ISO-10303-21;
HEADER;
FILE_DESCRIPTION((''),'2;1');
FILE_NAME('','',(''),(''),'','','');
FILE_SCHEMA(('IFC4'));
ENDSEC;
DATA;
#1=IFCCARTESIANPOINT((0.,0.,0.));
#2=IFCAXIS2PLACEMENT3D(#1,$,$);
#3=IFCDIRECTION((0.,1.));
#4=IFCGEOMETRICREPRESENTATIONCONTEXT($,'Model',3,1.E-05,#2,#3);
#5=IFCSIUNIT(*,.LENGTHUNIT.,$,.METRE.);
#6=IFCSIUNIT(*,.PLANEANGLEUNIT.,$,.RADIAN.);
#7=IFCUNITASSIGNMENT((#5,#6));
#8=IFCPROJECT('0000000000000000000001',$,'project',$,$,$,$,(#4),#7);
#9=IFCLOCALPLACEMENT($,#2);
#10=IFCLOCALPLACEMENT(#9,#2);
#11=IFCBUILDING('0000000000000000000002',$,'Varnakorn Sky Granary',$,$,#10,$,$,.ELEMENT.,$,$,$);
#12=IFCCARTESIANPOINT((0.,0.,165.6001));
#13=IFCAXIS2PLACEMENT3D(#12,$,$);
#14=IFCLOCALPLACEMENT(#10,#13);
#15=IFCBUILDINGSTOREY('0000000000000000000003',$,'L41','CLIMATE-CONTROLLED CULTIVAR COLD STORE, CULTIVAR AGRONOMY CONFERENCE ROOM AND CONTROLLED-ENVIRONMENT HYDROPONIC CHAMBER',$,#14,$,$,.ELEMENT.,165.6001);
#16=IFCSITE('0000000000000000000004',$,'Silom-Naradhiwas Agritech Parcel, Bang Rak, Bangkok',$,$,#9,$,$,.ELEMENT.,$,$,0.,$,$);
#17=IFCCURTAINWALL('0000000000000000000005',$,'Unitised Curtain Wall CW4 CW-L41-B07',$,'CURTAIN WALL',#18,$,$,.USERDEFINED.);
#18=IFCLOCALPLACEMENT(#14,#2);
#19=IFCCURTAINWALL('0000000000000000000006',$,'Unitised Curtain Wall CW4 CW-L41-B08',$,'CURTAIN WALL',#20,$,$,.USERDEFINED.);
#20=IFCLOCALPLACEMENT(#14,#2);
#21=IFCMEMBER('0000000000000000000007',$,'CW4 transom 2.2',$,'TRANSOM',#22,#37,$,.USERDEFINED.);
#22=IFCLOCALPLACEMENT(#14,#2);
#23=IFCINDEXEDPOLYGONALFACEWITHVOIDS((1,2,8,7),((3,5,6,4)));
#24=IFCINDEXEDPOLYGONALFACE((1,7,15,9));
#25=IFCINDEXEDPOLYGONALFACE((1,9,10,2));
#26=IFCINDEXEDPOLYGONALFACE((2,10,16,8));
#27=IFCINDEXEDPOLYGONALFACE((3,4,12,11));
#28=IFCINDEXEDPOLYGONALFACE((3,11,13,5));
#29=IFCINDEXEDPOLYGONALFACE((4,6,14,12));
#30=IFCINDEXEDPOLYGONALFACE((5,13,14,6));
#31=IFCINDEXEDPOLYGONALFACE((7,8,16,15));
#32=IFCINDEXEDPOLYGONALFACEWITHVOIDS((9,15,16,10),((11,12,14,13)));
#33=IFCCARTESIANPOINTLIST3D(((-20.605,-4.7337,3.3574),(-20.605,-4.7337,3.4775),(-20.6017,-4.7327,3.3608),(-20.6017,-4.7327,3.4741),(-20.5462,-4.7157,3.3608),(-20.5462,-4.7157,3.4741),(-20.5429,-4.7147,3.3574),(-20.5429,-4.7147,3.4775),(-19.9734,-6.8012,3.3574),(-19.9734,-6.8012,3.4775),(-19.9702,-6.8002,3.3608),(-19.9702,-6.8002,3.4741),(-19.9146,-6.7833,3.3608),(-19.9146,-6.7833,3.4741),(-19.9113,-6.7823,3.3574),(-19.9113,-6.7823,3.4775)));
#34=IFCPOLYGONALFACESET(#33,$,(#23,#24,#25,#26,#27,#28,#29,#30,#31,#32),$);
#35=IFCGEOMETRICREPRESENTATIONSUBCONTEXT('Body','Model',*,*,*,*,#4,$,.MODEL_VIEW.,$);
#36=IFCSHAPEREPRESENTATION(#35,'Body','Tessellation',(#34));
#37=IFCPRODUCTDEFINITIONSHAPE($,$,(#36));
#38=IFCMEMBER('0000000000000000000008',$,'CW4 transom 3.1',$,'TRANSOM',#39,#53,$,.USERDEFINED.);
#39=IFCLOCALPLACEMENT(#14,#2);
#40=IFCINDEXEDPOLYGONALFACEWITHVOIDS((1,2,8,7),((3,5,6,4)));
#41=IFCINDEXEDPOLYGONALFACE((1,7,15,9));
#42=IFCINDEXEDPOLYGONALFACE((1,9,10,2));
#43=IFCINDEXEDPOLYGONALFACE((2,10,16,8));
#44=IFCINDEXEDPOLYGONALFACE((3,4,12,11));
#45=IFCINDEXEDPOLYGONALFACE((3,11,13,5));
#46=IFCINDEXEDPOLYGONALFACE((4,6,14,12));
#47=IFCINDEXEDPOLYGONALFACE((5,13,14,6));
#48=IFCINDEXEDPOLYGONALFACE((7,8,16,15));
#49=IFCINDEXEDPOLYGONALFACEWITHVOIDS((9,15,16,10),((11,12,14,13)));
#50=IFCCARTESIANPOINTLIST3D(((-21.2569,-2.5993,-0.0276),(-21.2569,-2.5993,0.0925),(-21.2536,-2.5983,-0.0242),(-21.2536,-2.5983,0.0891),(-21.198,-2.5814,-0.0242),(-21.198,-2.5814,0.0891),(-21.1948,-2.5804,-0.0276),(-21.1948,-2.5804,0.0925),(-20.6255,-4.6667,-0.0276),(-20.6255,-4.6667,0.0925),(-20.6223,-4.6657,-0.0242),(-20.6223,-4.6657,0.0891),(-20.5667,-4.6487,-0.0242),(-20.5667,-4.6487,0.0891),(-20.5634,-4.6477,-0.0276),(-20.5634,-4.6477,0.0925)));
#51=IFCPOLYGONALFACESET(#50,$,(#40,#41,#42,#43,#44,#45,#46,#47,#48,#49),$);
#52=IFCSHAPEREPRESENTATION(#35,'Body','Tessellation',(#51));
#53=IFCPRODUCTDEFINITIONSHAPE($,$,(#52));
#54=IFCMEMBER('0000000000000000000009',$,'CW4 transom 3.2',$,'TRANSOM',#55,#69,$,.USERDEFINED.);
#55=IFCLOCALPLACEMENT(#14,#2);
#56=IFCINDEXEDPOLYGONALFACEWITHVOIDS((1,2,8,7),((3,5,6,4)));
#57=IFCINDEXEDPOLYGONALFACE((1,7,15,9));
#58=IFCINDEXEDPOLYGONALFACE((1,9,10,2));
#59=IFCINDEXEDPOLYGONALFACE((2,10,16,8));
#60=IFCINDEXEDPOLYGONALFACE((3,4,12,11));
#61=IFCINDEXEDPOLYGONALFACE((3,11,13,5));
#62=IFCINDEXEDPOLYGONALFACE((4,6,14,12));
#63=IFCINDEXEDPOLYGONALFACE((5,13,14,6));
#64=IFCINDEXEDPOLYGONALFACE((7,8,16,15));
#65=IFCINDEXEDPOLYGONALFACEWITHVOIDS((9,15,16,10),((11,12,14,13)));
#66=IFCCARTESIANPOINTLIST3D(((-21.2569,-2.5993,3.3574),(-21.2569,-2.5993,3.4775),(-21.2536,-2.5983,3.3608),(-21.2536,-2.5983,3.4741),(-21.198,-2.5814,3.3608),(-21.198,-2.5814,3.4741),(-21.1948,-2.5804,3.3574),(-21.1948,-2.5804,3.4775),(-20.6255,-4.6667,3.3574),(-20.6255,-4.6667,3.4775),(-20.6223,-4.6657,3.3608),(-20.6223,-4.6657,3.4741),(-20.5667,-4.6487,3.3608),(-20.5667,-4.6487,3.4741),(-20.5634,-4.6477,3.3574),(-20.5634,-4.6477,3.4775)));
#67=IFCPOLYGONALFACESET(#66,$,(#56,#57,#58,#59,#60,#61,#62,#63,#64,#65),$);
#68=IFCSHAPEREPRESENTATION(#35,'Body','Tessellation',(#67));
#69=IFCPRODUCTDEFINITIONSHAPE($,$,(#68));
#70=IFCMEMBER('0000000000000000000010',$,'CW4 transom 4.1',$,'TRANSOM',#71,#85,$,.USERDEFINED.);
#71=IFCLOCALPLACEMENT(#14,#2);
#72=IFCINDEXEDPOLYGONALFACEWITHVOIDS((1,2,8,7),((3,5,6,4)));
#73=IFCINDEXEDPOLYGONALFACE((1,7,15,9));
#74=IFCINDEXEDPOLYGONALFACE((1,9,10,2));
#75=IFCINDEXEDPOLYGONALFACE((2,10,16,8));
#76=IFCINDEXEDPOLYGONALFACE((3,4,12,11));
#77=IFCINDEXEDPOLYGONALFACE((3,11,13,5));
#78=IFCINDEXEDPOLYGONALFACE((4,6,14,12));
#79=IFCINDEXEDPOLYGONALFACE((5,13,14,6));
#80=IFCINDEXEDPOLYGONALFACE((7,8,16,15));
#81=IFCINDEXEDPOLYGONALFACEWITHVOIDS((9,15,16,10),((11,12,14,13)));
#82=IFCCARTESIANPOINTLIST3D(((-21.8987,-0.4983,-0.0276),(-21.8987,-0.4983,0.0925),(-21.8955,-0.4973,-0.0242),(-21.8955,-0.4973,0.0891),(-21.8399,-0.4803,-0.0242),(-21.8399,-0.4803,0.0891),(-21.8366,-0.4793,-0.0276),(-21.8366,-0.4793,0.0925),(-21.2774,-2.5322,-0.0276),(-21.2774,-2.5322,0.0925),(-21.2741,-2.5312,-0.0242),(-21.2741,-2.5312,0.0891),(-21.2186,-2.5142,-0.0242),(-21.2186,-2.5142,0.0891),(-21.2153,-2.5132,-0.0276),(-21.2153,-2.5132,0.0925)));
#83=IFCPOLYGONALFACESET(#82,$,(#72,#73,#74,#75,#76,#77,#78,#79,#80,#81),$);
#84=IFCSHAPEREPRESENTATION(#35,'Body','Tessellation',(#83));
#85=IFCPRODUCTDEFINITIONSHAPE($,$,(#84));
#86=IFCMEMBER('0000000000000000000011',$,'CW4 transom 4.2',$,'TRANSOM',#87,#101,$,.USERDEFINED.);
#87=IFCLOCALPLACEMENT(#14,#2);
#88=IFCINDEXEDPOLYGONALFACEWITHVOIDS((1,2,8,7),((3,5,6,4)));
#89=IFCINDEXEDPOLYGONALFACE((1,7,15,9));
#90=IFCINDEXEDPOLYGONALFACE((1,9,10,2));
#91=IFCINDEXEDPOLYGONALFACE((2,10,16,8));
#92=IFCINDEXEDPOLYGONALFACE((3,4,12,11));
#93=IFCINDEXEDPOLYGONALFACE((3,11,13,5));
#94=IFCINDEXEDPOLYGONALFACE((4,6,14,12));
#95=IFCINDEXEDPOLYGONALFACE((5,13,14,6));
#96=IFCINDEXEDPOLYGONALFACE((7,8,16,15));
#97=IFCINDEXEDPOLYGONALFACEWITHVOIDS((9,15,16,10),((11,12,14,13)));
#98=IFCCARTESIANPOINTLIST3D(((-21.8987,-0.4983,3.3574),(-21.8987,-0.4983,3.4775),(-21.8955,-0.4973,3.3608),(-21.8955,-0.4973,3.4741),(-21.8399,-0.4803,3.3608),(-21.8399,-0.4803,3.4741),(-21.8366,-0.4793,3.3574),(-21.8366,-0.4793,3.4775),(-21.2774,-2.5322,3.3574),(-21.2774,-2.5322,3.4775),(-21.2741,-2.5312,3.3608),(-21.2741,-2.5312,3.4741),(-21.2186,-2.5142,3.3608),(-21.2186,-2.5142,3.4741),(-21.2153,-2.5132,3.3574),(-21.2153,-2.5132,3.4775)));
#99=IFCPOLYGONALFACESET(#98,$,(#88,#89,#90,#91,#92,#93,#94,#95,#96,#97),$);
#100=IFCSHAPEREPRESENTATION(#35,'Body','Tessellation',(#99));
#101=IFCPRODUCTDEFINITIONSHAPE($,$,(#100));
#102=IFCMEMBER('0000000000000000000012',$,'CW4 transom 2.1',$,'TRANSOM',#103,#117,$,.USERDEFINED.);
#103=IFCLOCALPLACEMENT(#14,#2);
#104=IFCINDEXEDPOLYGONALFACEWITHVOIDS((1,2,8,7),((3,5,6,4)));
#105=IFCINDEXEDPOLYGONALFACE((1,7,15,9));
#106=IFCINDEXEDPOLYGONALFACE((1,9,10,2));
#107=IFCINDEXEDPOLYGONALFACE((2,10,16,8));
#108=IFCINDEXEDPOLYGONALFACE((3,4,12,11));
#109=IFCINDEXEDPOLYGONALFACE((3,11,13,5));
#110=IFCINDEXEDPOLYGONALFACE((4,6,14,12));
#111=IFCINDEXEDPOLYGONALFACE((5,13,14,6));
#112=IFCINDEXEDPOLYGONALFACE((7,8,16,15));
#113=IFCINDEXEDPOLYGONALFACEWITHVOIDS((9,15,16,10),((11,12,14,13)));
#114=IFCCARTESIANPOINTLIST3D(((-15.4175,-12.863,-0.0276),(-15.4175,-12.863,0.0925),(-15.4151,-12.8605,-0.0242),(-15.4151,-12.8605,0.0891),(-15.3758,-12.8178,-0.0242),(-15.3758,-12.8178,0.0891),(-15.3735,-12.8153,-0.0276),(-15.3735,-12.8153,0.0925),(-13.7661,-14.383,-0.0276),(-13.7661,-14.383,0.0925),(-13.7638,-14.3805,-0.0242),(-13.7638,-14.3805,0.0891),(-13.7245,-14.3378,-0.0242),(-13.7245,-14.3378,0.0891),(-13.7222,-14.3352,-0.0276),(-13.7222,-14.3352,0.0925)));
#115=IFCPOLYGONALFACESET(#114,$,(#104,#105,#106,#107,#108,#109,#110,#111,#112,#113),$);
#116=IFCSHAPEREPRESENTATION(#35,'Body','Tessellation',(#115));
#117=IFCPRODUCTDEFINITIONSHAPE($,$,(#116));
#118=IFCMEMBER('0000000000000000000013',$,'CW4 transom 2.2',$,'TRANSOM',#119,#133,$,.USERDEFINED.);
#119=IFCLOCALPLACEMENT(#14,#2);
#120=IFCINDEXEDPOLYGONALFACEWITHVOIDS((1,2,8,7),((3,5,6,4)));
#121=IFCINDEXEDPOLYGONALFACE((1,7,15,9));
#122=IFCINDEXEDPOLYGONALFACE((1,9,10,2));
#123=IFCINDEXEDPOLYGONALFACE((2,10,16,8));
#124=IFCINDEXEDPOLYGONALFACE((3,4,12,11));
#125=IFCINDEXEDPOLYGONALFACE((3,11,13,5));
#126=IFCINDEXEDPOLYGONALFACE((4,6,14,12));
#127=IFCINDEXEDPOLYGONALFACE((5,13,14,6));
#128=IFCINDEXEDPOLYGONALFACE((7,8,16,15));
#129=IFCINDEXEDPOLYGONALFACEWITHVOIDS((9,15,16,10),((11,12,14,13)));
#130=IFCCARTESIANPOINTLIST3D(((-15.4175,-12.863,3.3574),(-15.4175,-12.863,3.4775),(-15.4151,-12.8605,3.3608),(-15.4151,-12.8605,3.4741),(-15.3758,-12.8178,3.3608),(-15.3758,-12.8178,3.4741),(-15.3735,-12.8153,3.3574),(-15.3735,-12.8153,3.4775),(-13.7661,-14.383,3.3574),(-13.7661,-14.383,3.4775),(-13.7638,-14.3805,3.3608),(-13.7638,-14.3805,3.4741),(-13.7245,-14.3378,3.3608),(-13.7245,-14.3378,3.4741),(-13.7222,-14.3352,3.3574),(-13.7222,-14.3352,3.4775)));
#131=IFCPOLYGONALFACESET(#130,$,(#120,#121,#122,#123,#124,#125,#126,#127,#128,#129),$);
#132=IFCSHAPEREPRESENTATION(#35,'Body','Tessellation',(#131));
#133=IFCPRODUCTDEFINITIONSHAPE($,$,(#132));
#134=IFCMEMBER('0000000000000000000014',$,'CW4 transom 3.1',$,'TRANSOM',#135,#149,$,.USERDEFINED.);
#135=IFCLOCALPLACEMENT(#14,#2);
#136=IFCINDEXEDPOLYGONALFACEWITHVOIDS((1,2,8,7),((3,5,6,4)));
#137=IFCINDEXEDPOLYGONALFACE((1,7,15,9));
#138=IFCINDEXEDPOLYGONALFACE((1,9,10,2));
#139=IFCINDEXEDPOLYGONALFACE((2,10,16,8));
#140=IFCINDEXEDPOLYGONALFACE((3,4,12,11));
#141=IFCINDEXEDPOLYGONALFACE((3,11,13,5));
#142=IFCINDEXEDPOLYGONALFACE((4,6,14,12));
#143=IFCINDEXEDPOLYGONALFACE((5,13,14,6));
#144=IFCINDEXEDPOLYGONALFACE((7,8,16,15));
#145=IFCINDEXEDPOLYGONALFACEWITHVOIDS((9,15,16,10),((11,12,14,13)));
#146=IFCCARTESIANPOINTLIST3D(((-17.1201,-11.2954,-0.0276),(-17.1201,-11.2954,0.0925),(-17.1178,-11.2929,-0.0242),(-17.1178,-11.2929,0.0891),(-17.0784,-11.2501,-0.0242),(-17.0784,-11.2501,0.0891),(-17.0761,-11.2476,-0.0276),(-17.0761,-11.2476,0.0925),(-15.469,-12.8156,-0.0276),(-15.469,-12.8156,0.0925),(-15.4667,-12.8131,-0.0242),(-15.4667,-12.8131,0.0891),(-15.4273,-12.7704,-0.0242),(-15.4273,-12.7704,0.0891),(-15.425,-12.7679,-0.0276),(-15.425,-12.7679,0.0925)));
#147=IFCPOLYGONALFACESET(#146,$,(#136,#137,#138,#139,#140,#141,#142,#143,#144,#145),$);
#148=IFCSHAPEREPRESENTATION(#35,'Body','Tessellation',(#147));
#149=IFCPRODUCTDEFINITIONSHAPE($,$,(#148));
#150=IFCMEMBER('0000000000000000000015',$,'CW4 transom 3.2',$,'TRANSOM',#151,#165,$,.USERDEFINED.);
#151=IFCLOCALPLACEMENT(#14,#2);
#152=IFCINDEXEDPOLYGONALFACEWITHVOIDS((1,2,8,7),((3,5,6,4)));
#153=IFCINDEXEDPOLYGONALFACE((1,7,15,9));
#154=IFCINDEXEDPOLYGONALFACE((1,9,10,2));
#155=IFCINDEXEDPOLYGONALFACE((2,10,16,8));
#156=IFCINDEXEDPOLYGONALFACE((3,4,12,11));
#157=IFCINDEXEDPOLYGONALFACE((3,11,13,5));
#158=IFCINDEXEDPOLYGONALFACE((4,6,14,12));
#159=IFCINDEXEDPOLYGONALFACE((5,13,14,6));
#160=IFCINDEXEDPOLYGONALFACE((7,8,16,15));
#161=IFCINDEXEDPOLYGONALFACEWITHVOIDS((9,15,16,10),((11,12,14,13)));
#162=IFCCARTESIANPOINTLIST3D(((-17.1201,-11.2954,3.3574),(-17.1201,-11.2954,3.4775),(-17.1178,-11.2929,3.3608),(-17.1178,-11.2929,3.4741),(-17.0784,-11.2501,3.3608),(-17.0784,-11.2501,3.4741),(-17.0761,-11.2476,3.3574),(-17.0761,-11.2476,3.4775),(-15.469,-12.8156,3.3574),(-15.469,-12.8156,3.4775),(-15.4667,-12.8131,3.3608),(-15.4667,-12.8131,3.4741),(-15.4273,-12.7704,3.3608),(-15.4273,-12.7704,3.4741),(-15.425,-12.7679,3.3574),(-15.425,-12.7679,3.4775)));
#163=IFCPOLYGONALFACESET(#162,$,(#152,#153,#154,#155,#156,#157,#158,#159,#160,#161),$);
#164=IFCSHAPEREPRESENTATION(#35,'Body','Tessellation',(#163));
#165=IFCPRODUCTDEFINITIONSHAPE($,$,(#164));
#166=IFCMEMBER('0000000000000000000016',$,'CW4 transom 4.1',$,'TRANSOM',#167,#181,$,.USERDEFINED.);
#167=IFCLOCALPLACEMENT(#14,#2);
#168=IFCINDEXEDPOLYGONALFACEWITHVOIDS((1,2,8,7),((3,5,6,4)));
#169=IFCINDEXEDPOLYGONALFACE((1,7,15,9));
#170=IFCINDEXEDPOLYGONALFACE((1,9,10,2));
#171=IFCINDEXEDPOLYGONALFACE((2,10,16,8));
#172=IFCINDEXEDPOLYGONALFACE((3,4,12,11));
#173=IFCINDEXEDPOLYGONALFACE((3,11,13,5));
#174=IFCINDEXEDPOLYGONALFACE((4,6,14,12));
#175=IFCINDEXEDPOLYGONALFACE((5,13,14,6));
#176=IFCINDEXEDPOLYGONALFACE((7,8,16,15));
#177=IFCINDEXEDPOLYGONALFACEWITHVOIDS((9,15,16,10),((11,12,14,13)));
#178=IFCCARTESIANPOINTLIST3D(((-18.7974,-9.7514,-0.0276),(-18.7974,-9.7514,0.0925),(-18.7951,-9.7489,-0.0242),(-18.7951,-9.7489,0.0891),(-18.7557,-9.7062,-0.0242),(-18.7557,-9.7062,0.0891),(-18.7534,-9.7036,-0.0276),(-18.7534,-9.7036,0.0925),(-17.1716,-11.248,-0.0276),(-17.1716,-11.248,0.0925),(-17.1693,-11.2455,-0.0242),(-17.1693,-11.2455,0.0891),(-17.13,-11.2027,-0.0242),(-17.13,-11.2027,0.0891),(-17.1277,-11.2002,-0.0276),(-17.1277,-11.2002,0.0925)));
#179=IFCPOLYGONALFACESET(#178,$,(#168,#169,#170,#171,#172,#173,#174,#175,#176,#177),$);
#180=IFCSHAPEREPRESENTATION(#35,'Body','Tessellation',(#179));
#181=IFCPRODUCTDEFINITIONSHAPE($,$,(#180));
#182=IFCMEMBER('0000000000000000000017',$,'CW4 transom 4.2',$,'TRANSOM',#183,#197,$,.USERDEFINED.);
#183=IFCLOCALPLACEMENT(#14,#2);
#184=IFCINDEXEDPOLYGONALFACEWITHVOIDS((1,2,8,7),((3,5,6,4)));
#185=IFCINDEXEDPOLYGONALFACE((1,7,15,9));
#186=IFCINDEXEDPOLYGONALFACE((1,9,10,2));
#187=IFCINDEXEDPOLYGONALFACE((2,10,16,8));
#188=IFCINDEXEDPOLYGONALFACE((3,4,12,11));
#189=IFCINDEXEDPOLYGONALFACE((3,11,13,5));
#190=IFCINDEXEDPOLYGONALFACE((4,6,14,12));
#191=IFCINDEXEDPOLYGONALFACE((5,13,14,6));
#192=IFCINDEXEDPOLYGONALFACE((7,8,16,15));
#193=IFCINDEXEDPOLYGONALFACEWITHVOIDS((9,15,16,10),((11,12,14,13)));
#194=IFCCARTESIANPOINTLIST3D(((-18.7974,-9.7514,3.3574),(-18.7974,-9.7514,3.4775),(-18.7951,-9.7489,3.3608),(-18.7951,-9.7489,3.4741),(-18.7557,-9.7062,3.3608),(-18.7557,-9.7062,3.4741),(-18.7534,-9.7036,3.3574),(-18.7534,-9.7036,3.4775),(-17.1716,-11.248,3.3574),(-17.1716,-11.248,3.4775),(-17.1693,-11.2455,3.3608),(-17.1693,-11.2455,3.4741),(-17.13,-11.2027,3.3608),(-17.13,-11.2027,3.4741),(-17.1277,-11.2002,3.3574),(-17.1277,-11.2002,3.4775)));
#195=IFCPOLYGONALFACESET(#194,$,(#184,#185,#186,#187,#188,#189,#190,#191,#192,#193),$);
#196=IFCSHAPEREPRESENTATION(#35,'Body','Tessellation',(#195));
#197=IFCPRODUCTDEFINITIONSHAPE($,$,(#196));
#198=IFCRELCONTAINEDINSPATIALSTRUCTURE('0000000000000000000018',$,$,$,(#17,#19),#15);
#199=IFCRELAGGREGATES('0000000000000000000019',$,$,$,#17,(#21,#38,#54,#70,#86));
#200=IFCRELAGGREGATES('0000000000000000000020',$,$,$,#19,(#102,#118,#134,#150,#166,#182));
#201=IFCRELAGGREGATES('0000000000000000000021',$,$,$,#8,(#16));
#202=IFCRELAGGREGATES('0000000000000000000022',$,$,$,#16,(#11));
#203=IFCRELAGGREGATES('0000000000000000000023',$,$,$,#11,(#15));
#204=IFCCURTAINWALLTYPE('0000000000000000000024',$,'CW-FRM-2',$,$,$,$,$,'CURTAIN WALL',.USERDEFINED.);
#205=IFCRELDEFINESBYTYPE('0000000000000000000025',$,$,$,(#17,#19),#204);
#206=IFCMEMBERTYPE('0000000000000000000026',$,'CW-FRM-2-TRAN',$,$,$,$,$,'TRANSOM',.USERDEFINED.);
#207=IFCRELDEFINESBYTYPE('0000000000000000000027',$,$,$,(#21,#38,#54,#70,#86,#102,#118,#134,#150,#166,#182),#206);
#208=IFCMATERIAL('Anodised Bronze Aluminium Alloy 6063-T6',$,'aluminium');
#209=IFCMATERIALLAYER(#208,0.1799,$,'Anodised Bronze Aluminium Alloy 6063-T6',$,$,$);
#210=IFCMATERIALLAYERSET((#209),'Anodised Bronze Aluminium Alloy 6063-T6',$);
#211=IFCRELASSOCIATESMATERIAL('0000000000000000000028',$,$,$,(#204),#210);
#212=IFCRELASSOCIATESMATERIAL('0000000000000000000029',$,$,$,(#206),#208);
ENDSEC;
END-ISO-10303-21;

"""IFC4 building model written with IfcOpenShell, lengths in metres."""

from ifc_helpers import new_model, si_unit, direction, frame, origin, origin_2d, place, context, subcontext, project, spatial, hollow_rectangle, extrude, material, layer, layer_set, material_profile, profile_set, type_object, element, aggregate, save


model = new_model("IFC4")

# Units and contexts
model_context = context("Model", 3, precision=1e-05, world=origin(), true_north=direction((0.0, 1.0)))
body_context = subcontext(model_context, "Body", "Model", "MODEL_VIEW")
ifc_project = project(units=[si_unit("LENGTHUNIT", "METRE"), si_unit("PLANEANGLEUNIT", "RADIAN")], contexts=[model_context])

# Site, building, storey
site_placement = place(None, origin())
site = spatial("IfcSite", under=ifc_project, at=site_placement, Name="Silom-Naradhiwas Agritech Parcel, Bang Rak, Bangkok", CompositionType="ELEMENT", RefElevation=0.0)
building_placement = place(site_placement, origin())
building = spatial("IfcBuilding", under=site, at=building_placement, Name="Varnakorn Sky Granary", CompositionType="ELEMENT")
storey_placement = place(building_placement, frame((0.0, 0.0, 165.6001)))
storey = spatial("IfcBuildingStorey", under=building, at=storey_placement, Name="L41", Description="CLIMATE-CONTROLLED CULTIVAR COLD STORE, CULTIVAR AGRONOMY CONFERENCE ROOM AND CONTROLLED-ENVIRONMENT HYDROPONIC CHAMBER", CompositionType="ELEMENT", Elevation=165.6001)

# Curtain walls
ifc_material_1 = material(Name="Anodised Bronze Aluminium Alloy 6063-T6", Category="aluminium")
ifc_layer_1 = layer(ifc_material_1, 0.1799, Name="Anodised Bronze Aluminium Alloy 6063-T6")
ifc_layer_set_1 = layer_set([ifc_layer_1], Name="Anodised Bronze Aluminium Alloy 6063-T6")
curtain_wall_type = type_object("IfcCurtainWallType", Name="CW-FRM-2", ElementType="CURTAIN WALL", PredefinedType="USERDEFINED", material=ifc_layer_set_1)
curtain_wall_1_placement = place(storey_placement, origin())
curtain_wall_1 = element("IfcCurtainWall", 1, at=curtain_wall_1_placement, inside=storey, type_object=curtain_wall_type, Name="Unitised Curtain Wall CW4 CW-L41-B07", ObjectType="CURTAIN WALL", PredefinedType="USERDEFINED")
curtain_wall_2_placement = place(storey_placement, origin())
curtain_wall_2 = element("IfcCurtainWall", 2, at=curtain_wall_2_placement, inside=storey, type_object=curtain_wall_type, Name="Unitised Curtain Wall CW4 CW-L41-B08", ObjectType="CURTAIN WALL", PredefinedType="USERDEFINED")

# Members
ifc_material_profile_1 = material_profile(ifc_material_1, hollow_rectangle(XDim=0.0649, YDim=0.1201, WallThickness=0.0034, at=origin_2d()), Name="ALU TRAN 65x120")
ifc_profile_set_1 = profile_set([ifc_material_profile_1], Name="Anodised Bronze Aluminium Alloy 6063-T6")
member_type_1 = type_object("IfcMemberType", Name="CW-FRM-2-TRAN", ElementType="TRANSOM", PredefinedType="USERDEFINED", material=ifc_profile_set_1)
member_1_placement = place(storey_placement, frame((-19.9424, -6.7917, 3.4175), z_axis=(-0.292141, 0.956375, 0.0), x_axis=(-0.956375, -0.292141, 0.0)))
member_1 = element("IfcMember", 3, at=member_1_placement, type_object=member_type_1, Name="CW4 transom 2.2", ObjectType="TRANSOM", PredefinedType="USERDEFINED", context=body_context, shape_type="SweptSolid", body=[
    extrude(hollow_rectangle(XDim=0.0649, YDim=0.1201, WallThickness=0.0034, at=origin_2d()), origin(), (0.0, 0.0, 1.0), 2.1619),
])
member_2_placement = place(storey_placement, frame((-20.5945, -4.6572, 0.0325), z_axis=(-0.292069, 0.956397, 0.0), x_axis=(-0.956397, -0.292069, 0.0)))
member_2 = element("IfcMember", 4, at=member_2_placement, type_object=member_type_1, Name="CW4 transom 3.1", ObjectType="TRANSOM", PredefinedType="USERDEFINED", context=body_context, shape_type="SweptSolid", body=[
    extrude(hollow_rectangle(XDim=0.0649, YDim=0.1201, WallThickness=0.0034, at=origin_2d()), origin(), (0.0, 0.0, 1.0), 2.1616),
])
member_3_placement = place(storey_placement, frame((-20.5945, -4.6572, 3.4175), z_axis=(-0.292069, 0.956397, 0.0), x_axis=(-0.956397, -0.292069, 0.0)))
member_3 = element("IfcMember", 5, at=member_3_placement, type_object=member_type_1, Name="CW4 transom 3.2", ObjectType="TRANSOM", PredefinedType="USERDEFINED", context=body_context, shape_type="SweptSolid", body=[
    extrude(hollow_rectangle(XDim=0.0649, YDim=0.1201, WallThickness=0.0034, at=origin_2d()), origin(), (0.0, 0.0, 1.0), 2.1616),
])
member_4_placement = place(storey_placement, frame((-21.2463, -2.5227, 0.0325), z_axis=(-0.292157, 0.95637, 0.0), x_axis=(-0.95637, -0.292157, 0.0)))
member_4 = element("IfcMember", 6, at=member_4_placement, type_object=member_type_1, Name="CW4 transom 4.1", ObjectType="TRANSOM", PredefinedType="USERDEFINED", context=body_context, shape_type="SweptSolid", body=[
    extrude(hollow_rectangle(XDim=0.0649, YDim=0.1201, WallThickness=0.0034, at=origin_2d()), origin(), (0.0, 0.0, 1.0), 2.1267),
])
member_5_placement = place(storey_placement, frame((-21.2463, -2.5227, 3.4175), z_axis=(-0.292157, 0.95637, 0.0), x_axis=(-0.95637, -0.292157, 0.0)))
member_5 = element("IfcMember", 7, at=member_5_placement, type_object=member_type_1, Name="CW4 transom 4.2", ObjectType="TRANSOM", PredefinedType="USERDEFINED", context=body_context, shape_type="SweptSolid", body=[
    extrude(hollow_rectangle(XDim=0.0649, YDim=0.1201, WallThickness=0.0034, at=origin_2d()), origin(), (0.0, 0.0, 1.0), 2.1267),
])
member_6_placement = place(storey_placement, frame((-13.7441, -14.3591, 0.0325), z_axis=(-0.735762, 0.67724, 0.0), x_axis=(-0.67724, -0.735762, 0.0)))
member_6 = element("IfcMember", 8, at=member_6_placement, type_object=member_type_1, Name="CW4 transom 2.1", ObjectType="TRANSOM", PredefinedType="USERDEFINED", context=body_context, shape_type="SweptSolid", body=[
    extrude(hollow_rectangle(XDim=0.0649, YDim=0.1201, WallThickness=0.0034, at=origin_2d()), origin(), (0.0, 0.0, 1.0), 2.2444),
])
member_7_placement = place(storey_placement, frame((-13.7441, -14.3591, 3.4175), z_axis=(-0.735762, 0.67724, 0.0), x_axis=(-0.67724, -0.735762, 0.0)))
member_7 = element("IfcMember", 9, at=member_7_placement, type_object=member_type_1, Name="CW4 transom 2.2", ObjectType="TRANSOM", PredefinedType="USERDEFINED", context=body_context, shape_type="SweptSolid", body=[
    extrude(hollow_rectangle(XDim=0.0649, YDim=0.1201, WallThickness=0.0034, at=origin_2d()), origin(), (0.0, 0.0, 1.0), 2.2444),
])
member_8_placement = place(storey_placement, frame((-15.447, -12.7917, 0.0325), z_axis=(-0.735658, 0.677353, 0.0), x_axis=(-0.677353, -0.735658, 0.0)))
member_8 = element("IfcMember", 10, at=member_8_placement, type_object=member_type_1, Name="CW4 transom 3.1", ObjectType="TRANSOM", PredefinedType="USERDEFINED", context=body_context, shape_type="SweptSolid", body=[
    extrude(hollow_rectangle(XDim=0.0649, YDim=0.1201, WallThickness=0.0034, at=origin_2d()), origin(), (0.0, 0.0, 1.0), 2.2444),
])
member_9_placement = place(storey_placement, frame((-15.447, -12.7917, 3.4175), z_axis=(-0.735658, 0.677353, 0.0), x_axis=(-0.677353, -0.735658, 0.0)))
member_9 = element("IfcMember", 11, at=member_9_placement, type_object=member_type_1, Name="CW4 transom 3.2", ObjectType="TRANSOM", PredefinedType="USERDEFINED", context=body_context, shape_type="SweptSolid", body=[
    extrude(hollow_rectangle(XDim=0.0649, YDim=0.1201, WallThickness=0.0034, at=origin_2d()), origin(), (0.0, 0.0, 1.0), 2.2444),
])
member_10_placement = place(storey_placement, frame((-17.1497, -11.2241, 0.0325), z_axis=(-0.735726, 0.677279, 0.0), x_axis=(-0.677279, -0.735726, 0.0)))
member_10 = element("IfcMember", 12, at=member_10_placement, type_object=member_type_1, Name="CW4 transom 4.1", ObjectType="TRANSOM", PredefinedType="USERDEFINED", context=body_context, shape_type="SweptSolid", body=[
    extrude(hollow_rectangle(XDim=0.0649, YDim=0.1201, WallThickness=0.0034, at=origin_2d()), origin(), (0.0, 0.0, 1.0), 2.2097),
])
member_11_placement = place(storey_placement, frame((-17.1497, -11.2241, 3.4175), z_axis=(-0.735726, 0.677279, 0.0), x_axis=(-0.677279, -0.735726, 0.0)))
member_11 = element("IfcMember", 13, at=member_11_placement, type_object=member_type_1, Name="CW4 transom 4.2", ObjectType="TRANSOM", PredefinedType="USERDEFINED", context=body_context, shape_type="SweptSolid", body=[
    extrude(hollow_rectangle(XDim=0.0649, YDim=0.1201, WallThickness=0.0034, at=origin_2d()), origin(), (0.0, 0.0, 1.0), 2.2097),
])

aggregate(curtain_wall_1, [member_1, member_2, member_3, member_4, member_5])
aggregate(curtain_wall_2, [member_6, member_7, member_8, member_9, member_10, member_11])

save(model, "model.ifc")
